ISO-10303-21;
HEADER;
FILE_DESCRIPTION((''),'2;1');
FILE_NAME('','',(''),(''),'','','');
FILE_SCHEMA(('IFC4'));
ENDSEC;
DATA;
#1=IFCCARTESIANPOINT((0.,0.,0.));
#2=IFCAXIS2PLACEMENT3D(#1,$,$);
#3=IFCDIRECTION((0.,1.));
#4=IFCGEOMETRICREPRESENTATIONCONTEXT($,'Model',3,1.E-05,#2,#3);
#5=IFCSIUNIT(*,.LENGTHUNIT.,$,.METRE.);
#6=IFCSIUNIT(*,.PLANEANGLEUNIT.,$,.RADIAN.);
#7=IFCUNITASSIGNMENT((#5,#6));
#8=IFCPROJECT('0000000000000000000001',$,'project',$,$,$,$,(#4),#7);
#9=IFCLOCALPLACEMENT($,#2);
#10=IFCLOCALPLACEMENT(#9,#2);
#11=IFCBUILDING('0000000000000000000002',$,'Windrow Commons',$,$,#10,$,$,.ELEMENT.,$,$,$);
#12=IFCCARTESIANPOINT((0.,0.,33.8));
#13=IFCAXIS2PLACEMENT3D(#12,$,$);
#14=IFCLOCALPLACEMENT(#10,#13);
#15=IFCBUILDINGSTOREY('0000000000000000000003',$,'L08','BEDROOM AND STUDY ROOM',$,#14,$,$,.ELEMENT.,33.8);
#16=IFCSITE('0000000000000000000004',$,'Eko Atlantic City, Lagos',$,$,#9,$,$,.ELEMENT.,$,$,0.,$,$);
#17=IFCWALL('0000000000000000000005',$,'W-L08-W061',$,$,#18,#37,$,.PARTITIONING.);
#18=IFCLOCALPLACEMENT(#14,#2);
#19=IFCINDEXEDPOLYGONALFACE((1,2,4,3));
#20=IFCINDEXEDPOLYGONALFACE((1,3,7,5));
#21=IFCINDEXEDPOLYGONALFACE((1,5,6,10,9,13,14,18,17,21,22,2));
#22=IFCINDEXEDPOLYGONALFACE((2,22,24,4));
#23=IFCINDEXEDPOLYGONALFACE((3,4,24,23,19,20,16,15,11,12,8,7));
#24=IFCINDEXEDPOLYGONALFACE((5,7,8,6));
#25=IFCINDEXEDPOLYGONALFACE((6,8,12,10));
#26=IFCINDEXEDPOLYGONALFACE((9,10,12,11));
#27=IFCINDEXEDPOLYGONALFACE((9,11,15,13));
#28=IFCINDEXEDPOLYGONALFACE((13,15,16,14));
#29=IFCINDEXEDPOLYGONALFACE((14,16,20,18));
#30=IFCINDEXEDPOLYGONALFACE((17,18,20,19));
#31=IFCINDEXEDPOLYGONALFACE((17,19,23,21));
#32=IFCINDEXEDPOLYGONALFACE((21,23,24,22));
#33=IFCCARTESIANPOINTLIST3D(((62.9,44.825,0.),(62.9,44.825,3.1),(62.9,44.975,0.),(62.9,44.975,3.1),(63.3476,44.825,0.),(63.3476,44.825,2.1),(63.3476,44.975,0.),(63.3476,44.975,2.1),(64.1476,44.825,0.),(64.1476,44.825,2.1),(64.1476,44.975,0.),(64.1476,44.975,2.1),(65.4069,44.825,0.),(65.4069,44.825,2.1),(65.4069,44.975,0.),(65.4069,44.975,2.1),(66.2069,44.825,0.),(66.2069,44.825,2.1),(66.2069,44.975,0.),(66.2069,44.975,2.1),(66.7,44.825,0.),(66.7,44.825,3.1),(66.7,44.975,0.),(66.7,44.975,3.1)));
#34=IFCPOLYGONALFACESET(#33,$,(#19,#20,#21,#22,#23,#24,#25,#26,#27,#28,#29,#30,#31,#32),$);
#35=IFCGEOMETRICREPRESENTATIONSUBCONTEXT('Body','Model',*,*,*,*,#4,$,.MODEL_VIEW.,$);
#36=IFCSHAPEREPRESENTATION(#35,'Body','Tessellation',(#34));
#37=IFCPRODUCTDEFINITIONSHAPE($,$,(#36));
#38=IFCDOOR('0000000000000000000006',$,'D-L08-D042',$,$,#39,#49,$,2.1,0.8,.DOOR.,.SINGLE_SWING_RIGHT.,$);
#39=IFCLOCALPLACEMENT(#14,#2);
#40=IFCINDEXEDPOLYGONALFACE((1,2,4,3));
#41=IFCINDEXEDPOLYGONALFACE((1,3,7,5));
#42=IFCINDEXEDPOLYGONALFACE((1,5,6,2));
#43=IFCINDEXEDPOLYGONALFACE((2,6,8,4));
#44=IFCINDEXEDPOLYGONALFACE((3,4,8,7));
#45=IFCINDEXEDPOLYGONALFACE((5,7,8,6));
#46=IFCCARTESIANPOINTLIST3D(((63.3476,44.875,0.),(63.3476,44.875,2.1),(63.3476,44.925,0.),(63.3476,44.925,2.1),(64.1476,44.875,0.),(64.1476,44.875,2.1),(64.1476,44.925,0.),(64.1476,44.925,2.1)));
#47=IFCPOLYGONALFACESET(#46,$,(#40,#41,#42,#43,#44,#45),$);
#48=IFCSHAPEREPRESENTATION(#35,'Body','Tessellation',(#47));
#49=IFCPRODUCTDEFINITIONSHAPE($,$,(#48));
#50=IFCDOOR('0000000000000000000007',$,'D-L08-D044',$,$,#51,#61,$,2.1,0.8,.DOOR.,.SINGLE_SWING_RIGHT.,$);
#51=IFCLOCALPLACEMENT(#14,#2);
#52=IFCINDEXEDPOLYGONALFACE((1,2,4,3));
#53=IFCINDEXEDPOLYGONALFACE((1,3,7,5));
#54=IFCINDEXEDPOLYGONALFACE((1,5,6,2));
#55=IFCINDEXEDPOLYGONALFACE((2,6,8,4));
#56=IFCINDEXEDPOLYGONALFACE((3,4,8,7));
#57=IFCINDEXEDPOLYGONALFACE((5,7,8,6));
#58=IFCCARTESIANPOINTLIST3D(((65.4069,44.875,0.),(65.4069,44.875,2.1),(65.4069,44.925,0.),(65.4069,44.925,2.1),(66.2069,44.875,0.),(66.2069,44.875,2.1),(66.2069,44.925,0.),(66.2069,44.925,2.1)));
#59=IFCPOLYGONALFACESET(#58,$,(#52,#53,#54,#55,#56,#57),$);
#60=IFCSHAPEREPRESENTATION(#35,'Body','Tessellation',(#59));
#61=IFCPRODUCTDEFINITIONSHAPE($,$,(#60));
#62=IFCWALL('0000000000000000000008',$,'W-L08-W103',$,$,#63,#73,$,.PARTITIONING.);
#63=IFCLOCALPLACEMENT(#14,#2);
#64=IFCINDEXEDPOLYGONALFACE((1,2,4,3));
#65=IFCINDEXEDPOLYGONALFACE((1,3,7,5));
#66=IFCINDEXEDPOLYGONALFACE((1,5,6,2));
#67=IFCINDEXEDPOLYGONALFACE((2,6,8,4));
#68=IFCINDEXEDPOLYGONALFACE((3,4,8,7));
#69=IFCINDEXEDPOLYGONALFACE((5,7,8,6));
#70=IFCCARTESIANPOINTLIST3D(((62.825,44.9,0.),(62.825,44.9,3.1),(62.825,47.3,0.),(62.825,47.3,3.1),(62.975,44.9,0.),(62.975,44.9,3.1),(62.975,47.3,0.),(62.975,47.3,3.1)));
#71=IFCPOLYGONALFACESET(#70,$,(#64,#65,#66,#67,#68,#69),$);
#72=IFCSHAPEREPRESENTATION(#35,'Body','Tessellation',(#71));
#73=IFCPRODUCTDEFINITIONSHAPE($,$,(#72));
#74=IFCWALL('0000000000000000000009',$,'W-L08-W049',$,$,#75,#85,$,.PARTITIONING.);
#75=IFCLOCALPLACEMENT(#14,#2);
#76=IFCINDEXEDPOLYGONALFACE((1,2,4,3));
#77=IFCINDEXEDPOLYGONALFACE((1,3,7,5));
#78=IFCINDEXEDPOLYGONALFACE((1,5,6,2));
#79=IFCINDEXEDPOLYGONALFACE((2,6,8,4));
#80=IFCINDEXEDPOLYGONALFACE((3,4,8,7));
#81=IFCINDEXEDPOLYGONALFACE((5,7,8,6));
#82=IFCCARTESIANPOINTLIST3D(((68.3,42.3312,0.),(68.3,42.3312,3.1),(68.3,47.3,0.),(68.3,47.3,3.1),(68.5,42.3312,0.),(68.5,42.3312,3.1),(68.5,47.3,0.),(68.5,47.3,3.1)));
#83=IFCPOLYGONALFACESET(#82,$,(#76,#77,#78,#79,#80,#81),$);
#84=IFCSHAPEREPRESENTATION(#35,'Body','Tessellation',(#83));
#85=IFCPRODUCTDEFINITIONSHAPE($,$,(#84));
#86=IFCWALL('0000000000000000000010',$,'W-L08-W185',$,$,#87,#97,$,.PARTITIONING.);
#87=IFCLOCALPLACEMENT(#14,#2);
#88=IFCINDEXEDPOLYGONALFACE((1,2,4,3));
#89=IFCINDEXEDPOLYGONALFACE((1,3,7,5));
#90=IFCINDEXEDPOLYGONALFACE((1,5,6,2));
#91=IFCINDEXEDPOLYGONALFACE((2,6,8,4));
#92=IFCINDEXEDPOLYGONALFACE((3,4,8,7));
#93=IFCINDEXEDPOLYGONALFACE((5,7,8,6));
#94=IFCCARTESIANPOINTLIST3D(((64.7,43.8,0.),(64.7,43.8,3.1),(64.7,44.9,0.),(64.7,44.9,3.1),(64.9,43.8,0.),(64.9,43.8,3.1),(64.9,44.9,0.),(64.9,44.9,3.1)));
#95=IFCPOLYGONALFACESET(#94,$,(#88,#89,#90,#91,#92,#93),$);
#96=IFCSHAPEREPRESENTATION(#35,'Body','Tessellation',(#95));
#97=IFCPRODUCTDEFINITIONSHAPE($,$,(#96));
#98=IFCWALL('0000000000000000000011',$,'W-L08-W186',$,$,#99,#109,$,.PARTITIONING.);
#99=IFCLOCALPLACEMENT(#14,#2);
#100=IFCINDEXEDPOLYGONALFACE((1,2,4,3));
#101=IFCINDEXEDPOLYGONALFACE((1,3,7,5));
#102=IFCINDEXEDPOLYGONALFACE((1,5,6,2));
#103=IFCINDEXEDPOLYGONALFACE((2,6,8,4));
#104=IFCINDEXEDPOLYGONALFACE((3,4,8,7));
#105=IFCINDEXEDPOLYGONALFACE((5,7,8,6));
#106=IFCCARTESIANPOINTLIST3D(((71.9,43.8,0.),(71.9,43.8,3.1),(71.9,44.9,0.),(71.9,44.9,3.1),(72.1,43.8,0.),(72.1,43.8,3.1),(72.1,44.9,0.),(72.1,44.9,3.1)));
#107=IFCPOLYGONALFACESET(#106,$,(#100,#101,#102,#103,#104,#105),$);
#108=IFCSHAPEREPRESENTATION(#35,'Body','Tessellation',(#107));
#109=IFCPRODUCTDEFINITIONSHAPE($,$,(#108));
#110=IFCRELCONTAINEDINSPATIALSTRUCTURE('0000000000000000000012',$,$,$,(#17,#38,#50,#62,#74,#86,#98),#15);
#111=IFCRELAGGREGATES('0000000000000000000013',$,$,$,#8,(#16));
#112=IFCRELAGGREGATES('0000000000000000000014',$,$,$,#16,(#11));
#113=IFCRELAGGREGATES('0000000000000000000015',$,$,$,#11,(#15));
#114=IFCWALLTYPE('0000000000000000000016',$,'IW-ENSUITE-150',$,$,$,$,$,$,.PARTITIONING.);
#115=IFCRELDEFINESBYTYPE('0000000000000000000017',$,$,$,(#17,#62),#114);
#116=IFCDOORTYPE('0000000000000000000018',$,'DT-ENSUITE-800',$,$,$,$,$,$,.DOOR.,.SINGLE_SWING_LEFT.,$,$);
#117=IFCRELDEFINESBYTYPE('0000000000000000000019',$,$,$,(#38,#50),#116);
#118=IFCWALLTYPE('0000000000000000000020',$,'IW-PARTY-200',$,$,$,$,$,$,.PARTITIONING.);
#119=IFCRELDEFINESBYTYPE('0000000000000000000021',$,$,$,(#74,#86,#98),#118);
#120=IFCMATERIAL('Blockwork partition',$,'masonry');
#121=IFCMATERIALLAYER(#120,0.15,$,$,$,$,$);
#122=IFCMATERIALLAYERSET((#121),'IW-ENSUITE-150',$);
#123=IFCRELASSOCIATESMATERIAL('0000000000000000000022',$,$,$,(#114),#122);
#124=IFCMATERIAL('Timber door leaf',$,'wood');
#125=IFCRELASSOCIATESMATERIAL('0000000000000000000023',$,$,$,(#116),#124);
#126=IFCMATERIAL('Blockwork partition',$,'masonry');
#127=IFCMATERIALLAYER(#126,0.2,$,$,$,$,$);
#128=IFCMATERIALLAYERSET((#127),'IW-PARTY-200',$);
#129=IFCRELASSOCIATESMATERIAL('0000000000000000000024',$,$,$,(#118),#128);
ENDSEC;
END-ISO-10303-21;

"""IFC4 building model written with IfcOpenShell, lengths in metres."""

from ifc_helpers import new_model, si_unit, direction, frame, frame_2d, origin, place, context, subcontext, project, spatial, rectangle, extrude, material, layer, layer_set, type_object, element, fill, save


model = new_model("IFC4")

# Units and contexts
model_context = context("Model", 3, precision=1e-05, world=origin(), true_north=direction((0.0, 1.0)))
body_context = subcontext(model_context, "Body", "Model", "MODEL_VIEW")
ifc_project = project(units=[si_unit("LENGTHUNIT", "METRE"), si_unit("PLANEANGLEUNIT", "RADIAN")], contexts=[model_context])

# Site, building, storey
site_placement = place(None, origin())
site = spatial("IfcSite", under=ifc_project, at=site_placement, Name="Eko Atlantic City, Lagos", CompositionType="ELEMENT", RefElevation=0.0)
building_placement = place(site_placement, origin())
building = spatial("IfcBuilding", under=site, at=building_placement, Name="Windrow Commons", CompositionType="ELEMENT")
storey_placement = place(building_placement, frame((0.0, 0.0, 33.8)))
storey = spatial("IfcBuildingStorey", under=building, at=storey_placement, Name="L08", Description="BEDROOM AND STUDY ROOM", CompositionType="ELEMENT", Elevation=33.8)

# Wall, openings, doors
ifc_material_1 = material(Name="Blockwork partition", Category="masonry")
ifc_layer_1 = layer(ifc_material_1, 0.15)
ifc_layer_set_1 = layer_set([ifc_layer_1], Name="IW-ENSUITE-150")
wall_type_1 = type_object("IfcWallType", Name="IW-ENSUITE-150", PredefinedType="PARTITIONING", material=ifc_layer_set_1)
wall_1_placement = place(storey_placement, frame((62.9, 44.9, 0.0), z_axis=(0.0, 0.0, 1.0), x_axis=(1.0, 0.0, 0.0)))
wall_1 = element("IfcWall", 1, at=wall_1_placement, inside=storey, type_object=wall_type_1, Name="W-L08-W061", PredefinedType="PARTITIONING", context=body_context, shape_type="SweptSolid", body=[
    extrude(rectangle(XDim=3.8, YDim=0.15, at=frame_2d((1.9, 0.0))), origin(), (0.0, 0.0, 1.0), 3.1),
])
opening_1_placement = place(wall_1_placement, frame((0.4476, 0.0, 0.0)))
opening_1 = element("IfcOpeningElement", 2, at=opening_1_placement, cuts=wall_1, PredefinedType="OPENING", context=body_context, shape_type="SweptSolid", body=[
    extrude(rectangle(XDim=0.8, YDim=2.1, at=frame_2d((0.4, 1.05))), frame((0.0, 0.085, 0.0), z_axis=(0.0, -1.0, 0.0), x_axis=(1.0, 0.0, 0.0)), (0.0, 0.0, 1.0), 0.17),
])
opening_2_placement = place(wall_1_placement, frame((2.5069, 0.0, 0.0)))
opening_2 = element("IfcOpeningElement", 3, at=opening_2_placement, cuts=wall_1, PredefinedType="OPENING", context=body_context, shape_type="SweptSolid", body=[
    extrude(rectangle(XDim=0.8, YDim=2.1, at=frame_2d((0.4, 1.05))), frame((0.0, 0.085, 0.0), z_axis=(0.0, -1.0, 0.0), x_axis=(1.0, 0.0, 0.0)), (0.0, 0.0, 1.0), 0.17),
])
ifc_material_2 = material(Name="Timber door leaf", Category="wood")
door_type = type_object("IfcDoorType", Name="DT-ENSUITE-800", OperationType="SINGLE_SWING_LEFT", PredefinedType="DOOR", material=ifc_material_2)
door_1_placement = place(opening_1_placement, origin())
door_1 = element("IfcDoor", 4, at=door_1_placement, inside=storey, type_object=door_type, Name="D-L08-D042", OperationType="SINGLE_SWING_RIGHT", OverallHeight=2.1, OverallWidth=0.8, PredefinedType="DOOR", context=body_context, shape_type="SweptSolid", body=[
    extrude(rectangle(XDim=0.8, YDim=2.1, at=frame_2d((0.4, 1.05))), frame((0.0, 0.025, 0.0), z_axis=(0.0, -1.0, 0.0), x_axis=(1.0, 0.0, 0.0)), (0.0, 0.0, 1.0), 0.05),
])
fill(opening_1, door_1)
door_2_placement = place(opening_2_placement, origin())
door_2 = element("IfcDoor", 5, at=door_2_placement, inside=storey, type_object=door_type, Name="D-L08-D044", OperationType="SINGLE_SWING_RIGHT", OverallHeight=2.1, OverallWidth=0.8, PredefinedType="DOOR", context=body_context, shape_type="SweptSolid", body=[
    extrude(rectangle(XDim=0.8, YDim=2.1, at=frame_2d((0.4, 1.05))), frame((0.0, 0.025, 0.0), z_axis=(0.0, -1.0, 0.0), x_axis=(1.0, 0.0, 0.0)), (0.0, 0.0, 1.0), 0.05),
])
fill(opening_2, door_2)

# Walls
wall_2_placement = place(storey_placement, frame((62.9, 44.9, 0.0), z_axis=(0.0, 0.0, 1.0), x_axis=(0.0, 1.0, 0.0)))
element("IfcWall", 6, at=wall_2_placement, inside=storey, type_object=wall_type_1, Name="W-L08-W103", PredefinedType="PARTITIONING", context=body_context, shape_type="SweptSolid", body=[
    extrude(rectangle(XDim=2.4, YDim=0.15, at=frame_2d((1.2, 0.0))), origin(), (0.0, 0.0, 1.0), 3.1),
])
ifc_material_3 = material(Name="Blockwork partition", Category="masonry")
ifc_layer_2 = layer(ifc_material_3, 0.2)
ifc_layer_set_2 = layer_set([ifc_layer_2], Name="IW-PARTY-200")
wall_type_2 = type_object("IfcWallType", Name="IW-PARTY-200", PredefinedType="PARTITIONING", material=ifc_layer_set_2)
wall_3_placement = place(storey_placement, frame((68.4, 42.3312, 0.0), z_axis=(0.0, 0.0, 1.0), x_axis=(0.0, 1.0, 0.0)))
element("IfcWall", 7, at=wall_3_placement, inside=storey, type_object=wall_type_2, Name="W-L08-W049", PredefinedType="PARTITIONING", context=body_context, shape_type="SweptSolid", body=[
    extrude(rectangle(XDim=4.9688, YDim=0.2, at=frame_2d((2.4844, 0.0))), origin(), (0.0, 0.0, 1.0), 3.1),
])
for number, where, z_axis, x_axis, name in (
    (8, (64.8, 43.8, 0.0), (0.0, 0.0, 1.0), (0.0, 1.0, 0.0), "W-L08-W185"),
    (9, (72.0, 43.8, 0.0), (0.0, 0.0, 1.0), (0.0, 1.0, 0.0), "W-L08-W186"),
):
    element("IfcWall", number, at=place(storey_placement, frame(where, z_axis=z_axis, x_axis=x_axis)), inside=storey, type_object=wall_type_2, Name=name, PredefinedType="PARTITIONING", context=body_context, shape_type="SweptSolid", body=[
        extrude(rectangle(XDim=1.1, YDim=0.2, at=frame_2d((0.55, 0.0))), origin(), (0.0, 0.0, 1.0), 3.1),
    ])

save(model, "model.ifc")
